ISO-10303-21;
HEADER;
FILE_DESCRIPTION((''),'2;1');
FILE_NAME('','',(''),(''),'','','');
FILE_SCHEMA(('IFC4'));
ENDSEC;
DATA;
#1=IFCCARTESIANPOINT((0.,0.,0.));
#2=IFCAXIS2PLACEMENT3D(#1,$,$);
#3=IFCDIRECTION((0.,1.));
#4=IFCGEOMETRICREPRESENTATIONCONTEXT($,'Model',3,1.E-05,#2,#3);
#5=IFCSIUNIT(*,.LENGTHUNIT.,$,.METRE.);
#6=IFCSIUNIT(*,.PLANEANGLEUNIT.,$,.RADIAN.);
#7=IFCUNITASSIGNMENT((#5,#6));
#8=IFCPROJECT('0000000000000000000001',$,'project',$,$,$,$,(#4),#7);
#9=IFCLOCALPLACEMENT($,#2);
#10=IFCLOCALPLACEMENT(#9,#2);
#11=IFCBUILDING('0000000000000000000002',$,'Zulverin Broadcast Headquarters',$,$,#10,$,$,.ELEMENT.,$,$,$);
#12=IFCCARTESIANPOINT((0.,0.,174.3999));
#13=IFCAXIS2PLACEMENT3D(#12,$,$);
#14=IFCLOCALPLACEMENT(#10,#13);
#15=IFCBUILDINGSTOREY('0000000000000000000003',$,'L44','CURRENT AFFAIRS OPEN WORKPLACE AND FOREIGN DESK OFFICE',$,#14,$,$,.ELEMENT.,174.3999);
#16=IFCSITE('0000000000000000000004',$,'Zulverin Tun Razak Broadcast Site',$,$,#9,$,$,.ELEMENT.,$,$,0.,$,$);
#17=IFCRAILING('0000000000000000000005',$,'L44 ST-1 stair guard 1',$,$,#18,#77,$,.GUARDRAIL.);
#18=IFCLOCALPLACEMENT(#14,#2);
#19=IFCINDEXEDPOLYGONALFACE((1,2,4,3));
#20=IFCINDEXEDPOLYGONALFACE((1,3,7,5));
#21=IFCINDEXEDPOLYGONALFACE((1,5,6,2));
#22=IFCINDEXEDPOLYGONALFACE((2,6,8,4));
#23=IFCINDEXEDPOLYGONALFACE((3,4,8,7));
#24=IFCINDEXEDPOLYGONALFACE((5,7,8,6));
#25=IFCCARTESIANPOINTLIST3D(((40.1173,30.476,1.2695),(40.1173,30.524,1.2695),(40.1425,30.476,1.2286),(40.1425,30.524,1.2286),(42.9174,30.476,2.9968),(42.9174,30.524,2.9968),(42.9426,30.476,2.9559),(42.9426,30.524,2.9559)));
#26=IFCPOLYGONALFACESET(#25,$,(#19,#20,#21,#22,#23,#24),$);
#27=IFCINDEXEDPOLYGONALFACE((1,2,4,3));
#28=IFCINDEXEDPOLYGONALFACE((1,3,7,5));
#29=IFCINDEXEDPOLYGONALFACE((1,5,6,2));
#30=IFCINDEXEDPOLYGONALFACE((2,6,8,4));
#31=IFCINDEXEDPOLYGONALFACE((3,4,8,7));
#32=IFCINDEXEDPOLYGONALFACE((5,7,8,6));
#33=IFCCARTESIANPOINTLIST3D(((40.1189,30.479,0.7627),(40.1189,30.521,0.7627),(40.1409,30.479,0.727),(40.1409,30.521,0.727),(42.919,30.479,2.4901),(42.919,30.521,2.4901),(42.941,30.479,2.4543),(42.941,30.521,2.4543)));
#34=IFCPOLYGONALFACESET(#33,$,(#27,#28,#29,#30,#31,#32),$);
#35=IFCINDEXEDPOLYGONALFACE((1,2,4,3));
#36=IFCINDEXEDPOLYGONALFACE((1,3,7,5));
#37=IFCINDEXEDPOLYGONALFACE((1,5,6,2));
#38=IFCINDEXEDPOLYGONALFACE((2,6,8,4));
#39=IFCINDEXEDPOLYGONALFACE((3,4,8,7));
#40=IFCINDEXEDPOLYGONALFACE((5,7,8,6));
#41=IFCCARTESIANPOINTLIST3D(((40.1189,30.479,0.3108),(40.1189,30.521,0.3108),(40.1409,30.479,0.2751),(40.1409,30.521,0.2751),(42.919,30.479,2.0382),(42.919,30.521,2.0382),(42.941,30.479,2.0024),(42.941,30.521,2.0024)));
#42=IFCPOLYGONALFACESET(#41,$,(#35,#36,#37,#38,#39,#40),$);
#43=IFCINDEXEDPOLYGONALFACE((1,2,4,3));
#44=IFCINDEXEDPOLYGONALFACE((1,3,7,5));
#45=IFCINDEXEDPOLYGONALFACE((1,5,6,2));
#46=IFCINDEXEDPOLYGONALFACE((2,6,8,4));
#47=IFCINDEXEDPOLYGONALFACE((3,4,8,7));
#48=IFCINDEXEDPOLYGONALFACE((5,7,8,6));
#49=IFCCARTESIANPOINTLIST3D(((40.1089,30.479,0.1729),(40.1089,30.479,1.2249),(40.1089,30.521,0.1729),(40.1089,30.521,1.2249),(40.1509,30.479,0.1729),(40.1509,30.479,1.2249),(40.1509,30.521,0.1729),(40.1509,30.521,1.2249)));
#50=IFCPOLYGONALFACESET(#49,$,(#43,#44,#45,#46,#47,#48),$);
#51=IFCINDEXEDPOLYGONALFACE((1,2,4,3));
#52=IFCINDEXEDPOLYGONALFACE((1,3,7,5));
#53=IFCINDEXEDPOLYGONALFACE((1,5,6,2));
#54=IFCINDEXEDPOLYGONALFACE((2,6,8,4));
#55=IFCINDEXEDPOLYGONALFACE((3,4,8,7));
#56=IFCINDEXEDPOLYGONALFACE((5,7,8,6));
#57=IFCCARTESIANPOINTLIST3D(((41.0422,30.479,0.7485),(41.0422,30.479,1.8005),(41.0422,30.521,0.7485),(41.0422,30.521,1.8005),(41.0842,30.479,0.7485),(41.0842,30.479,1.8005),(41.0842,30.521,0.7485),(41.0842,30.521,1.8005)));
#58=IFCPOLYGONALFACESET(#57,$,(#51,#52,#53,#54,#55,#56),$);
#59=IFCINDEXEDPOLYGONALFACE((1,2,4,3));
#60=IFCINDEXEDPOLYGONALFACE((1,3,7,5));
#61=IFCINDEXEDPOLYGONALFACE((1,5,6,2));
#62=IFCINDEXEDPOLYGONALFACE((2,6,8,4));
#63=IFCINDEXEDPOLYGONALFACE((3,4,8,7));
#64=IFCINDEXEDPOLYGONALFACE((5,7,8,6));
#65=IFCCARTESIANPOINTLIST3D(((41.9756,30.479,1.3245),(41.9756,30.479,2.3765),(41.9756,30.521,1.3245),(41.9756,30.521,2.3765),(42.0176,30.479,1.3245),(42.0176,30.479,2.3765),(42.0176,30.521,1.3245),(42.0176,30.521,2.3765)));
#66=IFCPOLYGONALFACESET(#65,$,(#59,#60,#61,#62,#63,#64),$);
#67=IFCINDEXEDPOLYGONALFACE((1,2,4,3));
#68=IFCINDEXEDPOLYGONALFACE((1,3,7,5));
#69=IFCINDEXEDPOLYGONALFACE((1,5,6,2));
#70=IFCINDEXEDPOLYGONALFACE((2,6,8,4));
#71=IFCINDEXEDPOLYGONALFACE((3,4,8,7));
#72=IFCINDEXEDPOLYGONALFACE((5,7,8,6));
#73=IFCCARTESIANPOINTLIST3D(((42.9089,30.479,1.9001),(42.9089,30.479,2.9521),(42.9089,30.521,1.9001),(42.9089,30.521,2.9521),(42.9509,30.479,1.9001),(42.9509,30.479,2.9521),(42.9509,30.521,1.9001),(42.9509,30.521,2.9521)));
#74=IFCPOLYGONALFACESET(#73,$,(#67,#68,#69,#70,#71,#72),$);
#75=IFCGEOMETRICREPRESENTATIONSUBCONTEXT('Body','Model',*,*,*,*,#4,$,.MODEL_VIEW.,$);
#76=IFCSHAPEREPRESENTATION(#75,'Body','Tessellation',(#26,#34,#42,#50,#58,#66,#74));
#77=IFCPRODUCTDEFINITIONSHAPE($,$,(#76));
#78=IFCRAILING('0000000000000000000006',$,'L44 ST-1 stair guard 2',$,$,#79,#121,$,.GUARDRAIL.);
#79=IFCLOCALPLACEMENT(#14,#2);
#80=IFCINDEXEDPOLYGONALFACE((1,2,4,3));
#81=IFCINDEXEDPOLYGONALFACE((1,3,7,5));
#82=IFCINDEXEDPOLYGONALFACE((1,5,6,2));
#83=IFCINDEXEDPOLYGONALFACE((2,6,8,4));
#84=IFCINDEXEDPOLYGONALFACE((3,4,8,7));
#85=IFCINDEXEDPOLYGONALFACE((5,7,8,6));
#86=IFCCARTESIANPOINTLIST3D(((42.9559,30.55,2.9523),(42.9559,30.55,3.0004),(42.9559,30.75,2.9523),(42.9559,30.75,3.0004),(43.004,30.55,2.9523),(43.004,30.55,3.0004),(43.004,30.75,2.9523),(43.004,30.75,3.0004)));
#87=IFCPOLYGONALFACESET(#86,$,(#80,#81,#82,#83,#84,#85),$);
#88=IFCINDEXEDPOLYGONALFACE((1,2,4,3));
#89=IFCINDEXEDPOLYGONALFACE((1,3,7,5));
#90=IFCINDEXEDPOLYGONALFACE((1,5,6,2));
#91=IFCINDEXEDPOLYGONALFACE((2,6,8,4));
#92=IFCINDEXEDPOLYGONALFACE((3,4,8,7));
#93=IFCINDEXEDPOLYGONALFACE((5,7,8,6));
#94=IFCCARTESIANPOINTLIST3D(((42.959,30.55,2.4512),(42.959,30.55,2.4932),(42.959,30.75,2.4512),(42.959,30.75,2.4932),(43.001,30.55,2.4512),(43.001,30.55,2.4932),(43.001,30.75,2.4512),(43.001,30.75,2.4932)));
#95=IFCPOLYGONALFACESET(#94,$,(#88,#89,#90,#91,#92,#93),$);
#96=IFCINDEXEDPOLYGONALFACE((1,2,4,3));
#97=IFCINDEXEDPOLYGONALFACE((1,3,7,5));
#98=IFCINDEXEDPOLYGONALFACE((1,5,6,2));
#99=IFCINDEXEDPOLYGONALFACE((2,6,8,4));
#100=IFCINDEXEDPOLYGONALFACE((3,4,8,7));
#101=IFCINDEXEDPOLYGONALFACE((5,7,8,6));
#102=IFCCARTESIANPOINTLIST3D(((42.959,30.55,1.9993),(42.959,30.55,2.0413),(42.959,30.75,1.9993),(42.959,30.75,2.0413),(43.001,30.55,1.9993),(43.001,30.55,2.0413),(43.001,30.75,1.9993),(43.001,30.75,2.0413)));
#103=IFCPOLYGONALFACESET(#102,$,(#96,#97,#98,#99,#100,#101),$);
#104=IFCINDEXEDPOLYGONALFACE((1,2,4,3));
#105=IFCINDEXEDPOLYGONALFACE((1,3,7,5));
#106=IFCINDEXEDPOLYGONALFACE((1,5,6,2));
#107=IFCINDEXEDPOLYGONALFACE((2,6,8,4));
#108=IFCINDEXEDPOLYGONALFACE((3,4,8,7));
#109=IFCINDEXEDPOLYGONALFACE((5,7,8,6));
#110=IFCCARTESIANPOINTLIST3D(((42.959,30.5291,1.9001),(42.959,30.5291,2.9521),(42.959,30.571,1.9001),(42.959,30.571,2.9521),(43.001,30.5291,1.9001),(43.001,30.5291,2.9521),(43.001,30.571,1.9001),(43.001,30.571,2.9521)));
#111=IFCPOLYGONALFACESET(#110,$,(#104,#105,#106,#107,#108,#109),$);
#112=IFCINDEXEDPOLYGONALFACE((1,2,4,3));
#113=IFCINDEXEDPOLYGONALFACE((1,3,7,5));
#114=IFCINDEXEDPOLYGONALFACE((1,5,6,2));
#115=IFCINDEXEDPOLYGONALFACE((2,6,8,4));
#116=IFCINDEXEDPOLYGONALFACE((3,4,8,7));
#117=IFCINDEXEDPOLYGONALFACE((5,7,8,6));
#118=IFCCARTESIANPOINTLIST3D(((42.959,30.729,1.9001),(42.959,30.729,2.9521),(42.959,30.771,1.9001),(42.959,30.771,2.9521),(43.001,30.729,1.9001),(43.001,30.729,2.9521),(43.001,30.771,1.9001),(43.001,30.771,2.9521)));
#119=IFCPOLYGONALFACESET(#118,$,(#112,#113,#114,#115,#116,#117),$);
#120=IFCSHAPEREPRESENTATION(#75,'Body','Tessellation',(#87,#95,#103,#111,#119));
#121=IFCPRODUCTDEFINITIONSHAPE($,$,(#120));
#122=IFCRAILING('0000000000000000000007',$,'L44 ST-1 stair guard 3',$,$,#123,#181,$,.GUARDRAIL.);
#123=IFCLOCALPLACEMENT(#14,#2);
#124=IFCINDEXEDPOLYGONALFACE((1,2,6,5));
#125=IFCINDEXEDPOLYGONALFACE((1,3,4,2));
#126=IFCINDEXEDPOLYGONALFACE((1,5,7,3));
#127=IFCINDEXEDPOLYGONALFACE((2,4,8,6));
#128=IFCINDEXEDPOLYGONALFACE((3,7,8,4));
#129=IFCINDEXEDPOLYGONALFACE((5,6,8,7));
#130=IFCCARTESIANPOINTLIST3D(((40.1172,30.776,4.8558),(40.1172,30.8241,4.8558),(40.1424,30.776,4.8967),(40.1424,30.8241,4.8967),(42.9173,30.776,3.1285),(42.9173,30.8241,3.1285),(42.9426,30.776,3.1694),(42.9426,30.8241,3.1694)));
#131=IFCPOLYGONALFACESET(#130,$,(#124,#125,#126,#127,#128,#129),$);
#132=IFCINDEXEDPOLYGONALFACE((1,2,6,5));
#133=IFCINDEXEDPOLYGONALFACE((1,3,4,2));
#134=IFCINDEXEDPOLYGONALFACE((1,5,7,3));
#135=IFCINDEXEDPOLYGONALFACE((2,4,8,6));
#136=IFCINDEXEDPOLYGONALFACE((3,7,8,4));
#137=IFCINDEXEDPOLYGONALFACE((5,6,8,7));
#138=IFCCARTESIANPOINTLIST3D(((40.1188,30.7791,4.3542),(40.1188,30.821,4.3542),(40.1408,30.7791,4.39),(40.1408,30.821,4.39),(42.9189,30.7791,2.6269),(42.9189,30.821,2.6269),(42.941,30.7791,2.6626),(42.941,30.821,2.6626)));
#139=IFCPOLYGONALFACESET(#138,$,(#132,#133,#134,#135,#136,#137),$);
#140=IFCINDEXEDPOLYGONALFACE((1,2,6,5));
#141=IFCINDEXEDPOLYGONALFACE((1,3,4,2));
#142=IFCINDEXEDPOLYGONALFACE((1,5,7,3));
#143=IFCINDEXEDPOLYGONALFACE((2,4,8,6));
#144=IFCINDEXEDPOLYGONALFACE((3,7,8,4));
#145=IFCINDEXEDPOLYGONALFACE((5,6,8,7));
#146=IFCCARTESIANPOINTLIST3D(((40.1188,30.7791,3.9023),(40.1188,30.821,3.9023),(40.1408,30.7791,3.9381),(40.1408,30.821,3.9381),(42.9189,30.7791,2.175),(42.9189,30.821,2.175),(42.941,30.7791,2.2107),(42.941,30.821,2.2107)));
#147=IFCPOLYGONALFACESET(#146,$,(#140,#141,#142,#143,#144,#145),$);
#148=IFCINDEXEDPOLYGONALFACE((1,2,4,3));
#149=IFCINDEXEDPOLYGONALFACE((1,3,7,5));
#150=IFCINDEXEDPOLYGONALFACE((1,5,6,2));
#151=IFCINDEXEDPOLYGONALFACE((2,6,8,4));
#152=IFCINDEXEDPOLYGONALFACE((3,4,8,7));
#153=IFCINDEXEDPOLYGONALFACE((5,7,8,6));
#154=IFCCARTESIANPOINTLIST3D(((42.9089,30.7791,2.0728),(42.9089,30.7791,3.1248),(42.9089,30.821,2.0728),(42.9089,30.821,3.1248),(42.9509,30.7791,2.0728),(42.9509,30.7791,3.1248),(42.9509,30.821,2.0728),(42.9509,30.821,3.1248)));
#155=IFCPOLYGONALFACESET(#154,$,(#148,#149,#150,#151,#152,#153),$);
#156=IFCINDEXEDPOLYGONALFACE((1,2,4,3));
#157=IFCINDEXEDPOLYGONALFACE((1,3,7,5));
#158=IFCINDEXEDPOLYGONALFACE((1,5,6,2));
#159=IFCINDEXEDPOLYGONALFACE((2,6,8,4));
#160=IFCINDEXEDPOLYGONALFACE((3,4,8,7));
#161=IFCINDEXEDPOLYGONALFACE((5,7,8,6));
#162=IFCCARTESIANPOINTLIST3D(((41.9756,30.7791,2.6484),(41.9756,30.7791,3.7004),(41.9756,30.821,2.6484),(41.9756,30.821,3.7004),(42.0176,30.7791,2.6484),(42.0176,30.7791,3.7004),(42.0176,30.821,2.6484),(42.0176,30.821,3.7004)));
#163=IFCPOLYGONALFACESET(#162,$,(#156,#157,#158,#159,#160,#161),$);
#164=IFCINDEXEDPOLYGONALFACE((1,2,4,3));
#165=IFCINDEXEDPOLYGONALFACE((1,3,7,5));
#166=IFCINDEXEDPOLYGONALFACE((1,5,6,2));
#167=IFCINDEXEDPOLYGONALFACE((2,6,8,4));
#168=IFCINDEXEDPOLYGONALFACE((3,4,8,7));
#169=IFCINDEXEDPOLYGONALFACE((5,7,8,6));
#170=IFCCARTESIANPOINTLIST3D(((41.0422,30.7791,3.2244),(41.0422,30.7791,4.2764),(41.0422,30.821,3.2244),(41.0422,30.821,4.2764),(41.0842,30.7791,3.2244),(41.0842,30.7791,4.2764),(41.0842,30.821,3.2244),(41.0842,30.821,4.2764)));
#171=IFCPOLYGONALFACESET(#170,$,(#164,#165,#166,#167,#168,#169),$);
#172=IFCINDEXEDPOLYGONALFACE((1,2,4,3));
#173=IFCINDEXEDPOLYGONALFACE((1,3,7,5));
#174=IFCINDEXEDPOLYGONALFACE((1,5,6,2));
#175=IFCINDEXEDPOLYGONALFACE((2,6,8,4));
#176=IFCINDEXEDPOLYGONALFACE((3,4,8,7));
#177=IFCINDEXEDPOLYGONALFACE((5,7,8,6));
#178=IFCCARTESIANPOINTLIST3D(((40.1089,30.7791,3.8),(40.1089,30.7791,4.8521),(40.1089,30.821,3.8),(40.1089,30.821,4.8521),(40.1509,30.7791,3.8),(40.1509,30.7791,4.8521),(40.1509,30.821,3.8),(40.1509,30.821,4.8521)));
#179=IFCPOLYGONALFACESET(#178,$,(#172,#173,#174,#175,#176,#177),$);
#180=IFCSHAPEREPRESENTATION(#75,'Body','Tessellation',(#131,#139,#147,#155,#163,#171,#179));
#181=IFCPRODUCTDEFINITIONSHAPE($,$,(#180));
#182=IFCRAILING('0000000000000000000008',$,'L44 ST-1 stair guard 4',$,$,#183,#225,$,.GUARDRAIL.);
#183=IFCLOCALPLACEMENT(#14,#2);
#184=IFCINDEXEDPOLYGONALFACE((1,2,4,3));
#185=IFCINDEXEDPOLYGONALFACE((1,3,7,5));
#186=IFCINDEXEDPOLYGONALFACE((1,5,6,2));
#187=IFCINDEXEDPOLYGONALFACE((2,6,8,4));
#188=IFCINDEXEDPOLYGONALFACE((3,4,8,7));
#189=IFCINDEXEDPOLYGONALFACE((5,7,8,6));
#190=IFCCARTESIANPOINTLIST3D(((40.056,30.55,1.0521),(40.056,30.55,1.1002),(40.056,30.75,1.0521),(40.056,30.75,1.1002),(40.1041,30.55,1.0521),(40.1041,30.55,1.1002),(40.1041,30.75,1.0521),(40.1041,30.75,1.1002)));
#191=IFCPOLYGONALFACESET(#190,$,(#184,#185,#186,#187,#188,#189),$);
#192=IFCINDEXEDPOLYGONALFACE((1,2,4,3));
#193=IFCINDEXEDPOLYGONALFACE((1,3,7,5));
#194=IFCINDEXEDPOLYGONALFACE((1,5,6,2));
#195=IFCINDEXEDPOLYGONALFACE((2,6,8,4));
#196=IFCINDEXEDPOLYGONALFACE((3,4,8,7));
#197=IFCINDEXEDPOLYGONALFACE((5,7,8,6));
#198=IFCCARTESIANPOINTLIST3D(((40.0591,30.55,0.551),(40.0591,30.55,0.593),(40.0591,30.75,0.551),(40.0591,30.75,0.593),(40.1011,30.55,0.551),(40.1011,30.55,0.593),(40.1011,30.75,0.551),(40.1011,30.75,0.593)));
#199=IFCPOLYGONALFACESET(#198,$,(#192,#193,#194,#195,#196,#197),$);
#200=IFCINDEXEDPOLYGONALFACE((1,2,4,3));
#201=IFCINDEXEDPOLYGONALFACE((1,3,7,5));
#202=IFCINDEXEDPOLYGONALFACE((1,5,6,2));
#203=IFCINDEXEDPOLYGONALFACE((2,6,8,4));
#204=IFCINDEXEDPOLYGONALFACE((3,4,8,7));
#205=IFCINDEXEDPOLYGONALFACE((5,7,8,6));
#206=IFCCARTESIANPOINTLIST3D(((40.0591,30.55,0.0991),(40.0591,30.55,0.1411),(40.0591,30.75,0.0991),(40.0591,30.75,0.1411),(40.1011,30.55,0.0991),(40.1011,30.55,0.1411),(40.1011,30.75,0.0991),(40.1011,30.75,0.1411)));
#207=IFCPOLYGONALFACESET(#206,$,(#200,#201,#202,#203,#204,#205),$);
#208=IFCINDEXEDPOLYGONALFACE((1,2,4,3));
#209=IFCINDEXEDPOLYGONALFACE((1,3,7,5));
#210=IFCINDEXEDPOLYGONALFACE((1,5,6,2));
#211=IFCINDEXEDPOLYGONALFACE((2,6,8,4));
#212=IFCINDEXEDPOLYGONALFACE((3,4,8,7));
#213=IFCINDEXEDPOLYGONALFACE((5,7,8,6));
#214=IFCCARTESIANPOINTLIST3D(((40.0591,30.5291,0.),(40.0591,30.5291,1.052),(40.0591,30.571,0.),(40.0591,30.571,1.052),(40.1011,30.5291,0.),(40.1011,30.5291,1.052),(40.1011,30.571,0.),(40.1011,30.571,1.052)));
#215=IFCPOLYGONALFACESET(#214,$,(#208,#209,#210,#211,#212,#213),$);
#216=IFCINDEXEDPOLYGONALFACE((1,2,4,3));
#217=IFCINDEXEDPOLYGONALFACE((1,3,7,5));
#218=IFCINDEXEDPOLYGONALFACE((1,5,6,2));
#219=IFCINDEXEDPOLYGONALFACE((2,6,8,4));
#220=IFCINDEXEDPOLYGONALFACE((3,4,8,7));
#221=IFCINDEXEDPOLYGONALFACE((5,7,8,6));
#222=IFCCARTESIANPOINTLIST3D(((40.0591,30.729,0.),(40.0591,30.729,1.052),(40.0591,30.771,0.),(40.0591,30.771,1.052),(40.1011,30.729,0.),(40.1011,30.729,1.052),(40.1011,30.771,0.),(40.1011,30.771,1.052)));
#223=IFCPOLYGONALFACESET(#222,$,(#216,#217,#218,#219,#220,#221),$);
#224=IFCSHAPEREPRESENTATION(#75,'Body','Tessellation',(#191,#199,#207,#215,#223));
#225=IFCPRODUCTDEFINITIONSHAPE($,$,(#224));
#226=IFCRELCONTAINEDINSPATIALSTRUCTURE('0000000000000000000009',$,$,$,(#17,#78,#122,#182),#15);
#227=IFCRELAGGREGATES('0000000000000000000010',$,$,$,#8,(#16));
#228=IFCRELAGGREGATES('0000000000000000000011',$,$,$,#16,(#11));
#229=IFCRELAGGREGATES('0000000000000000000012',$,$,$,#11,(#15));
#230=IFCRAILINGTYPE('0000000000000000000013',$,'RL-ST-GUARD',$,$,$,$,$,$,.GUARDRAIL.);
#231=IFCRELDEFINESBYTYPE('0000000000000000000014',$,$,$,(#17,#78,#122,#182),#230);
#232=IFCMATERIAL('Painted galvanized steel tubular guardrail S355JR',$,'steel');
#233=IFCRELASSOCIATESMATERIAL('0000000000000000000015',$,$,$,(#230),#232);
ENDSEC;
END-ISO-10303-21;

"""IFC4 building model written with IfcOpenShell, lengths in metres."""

from ifc_helpers import new_model, si_unit, direction, frame, origin, origin_2d, place, context, subcontext, project, spatial, rectangle, extrude, material, type_object, element, save


model = new_model("IFC4")

# Units and contexts
model_context = context("Model", 3, precision=1e-05, world=origin(), true_north=direction((0.0, 1.0)))
body_context = subcontext(model_context, "Body", "Model", "MODEL_VIEW")
ifc_project = project(units=[si_unit("LENGTHUNIT", "METRE"), si_unit("PLANEANGLEUNIT", "RADIAN")], contexts=[model_context])

# Site, building, storey
site_placement = place(None, origin())
site = spatial("IfcSite", under=ifc_project, at=site_placement, Name="Zulverin Tun Razak Broadcast Site", CompositionType="ELEMENT", RefElevation=0.0)
building_placement = place(site_placement, origin())
building = spatial("IfcBuilding", under=site, at=building_placement, Name="Zulverin Broadcast Headquarters", CompositionType="ELEMENT")
storey_placement = place(building_placement, frame((0.0, 0.0, 174.3999)))
storey = spatial("IfcBuildingStorey", under=building, at=storey_placement, Name="L44", Description="CURRENT AFFAIRS OPEN WORKPLACE AND FOREIGN DESK OFFICE", CompositionType="ELEMENT", Elevation=174.3999)

# Railings
ifc_material_1 = material(Name="Painted galvanized steel tubular guardrail S355JR", Category="steel")
railing_type_1 = type_object("IfcRailingType", Name="RL-ST-GUARD", PredefinedType="GUARDRAIL", material=ifc_material_1)
railing_1_placement = place(storey_placement, frame((40.1299, 30.5, 0.1729)))
element("IfcRailing", 1, at=railing_1_placement, inside=storey, type_object=railing_type_1, Name="L44 ST-1 stair guard 1", PredefinedType="GUARDRAIL", context=body_context, shape_type="SweptSolid", body=[
    extrude(rectangle(XDim=0.0481, YDim=0.0481, at=origin_2d()), frame((0.0, 0.0, 1.0762), z_axis=(0.85109, 0.0, 0.52502), x_axis=(0.0, 1.0, 0.0)), (0.0, 0.0, 1.0), 3.29),
    extrude(rectangle(XDim=0.042, YDim=0.042, at=origin_2d()), frame((0.0, 0.0, 0.572), z_axis=(0.85109, 0.0, 0.52502), x_axis=(0.0, 1.0, 0.0)), (0.0, 0.0, 1.0), 3.29),
    extrude(rectangle(XDim=0.042, YDim=0.042, at=origin_2d()), frame((0.0, 0.0, 0.1201), z_axis=(0.85109, 0.0, 0.52502), x_axis=(0.0, 1.0, 0.0)), (0.0, 0.0, 1.0), 3.29),
    extrude(rectangle(XDim=0.042, YDim=0.042, at=origin_2d()), origin(), (0.0, 0.0, 1.0), 1.052),
    extrude(rectangle(XDim=0.042, YDim=0.042, at=origin_2d()), frame((0.9333, 0.0, 0.5757)), (0.0, 0.0, 1.0), 1.052),
    extrude(rectangle(XDim=0.042, YDim=0.042, at=origin_2d()), frame((1.8667, 0.0, 1.1516)), (0.0, 0.0, 1.0), 1.052),
    extrude(rectangle(XDim=0.042, YDim=0.042, at=origin_2d()), frame((2.8, 0.0, 1.7273)), (0.0, 0.0, 1.0), 1.052),
])
railing_2_placement = place(storey_placement, frame((42.98, 30.55, 1.9001)))
element("IfcRailing", 2, at=railing_2_placement, inside=storey, type_object=railing_type_1, Name="L44 ST-1 stair guard 2", PredefinedType="GUARDRAIL", context=body_context, shape_type="SweptSolid", body=[
    extrude(rectangle(XDim=0.0481, YDim=0.0481, at=origin_2d()), frame((0.0, 0.0, 1.0762), z_axis=(0.0, 1.0, 0.0), x_axis=(-1.0, 0.0, 0.0)), (0.0, 0.0, 1.0), 0.2),
    extrude(rectangle(XDim=0.042, YDim=0.042, at=origin_2d()), frame((0.0, 0.0, 0.572), z_axis=(0.0, 1.0, 0.0), x_axis=(-1.0, 0.0, 0.0)), (0.0, 0.0, 1.0), 0.2),
    extrude(rectangle(XDim=0.042, YDim=0.042, at=origin_2d()), frame((0.0, 0.0, 0.1201), z_axis=(0.0, 1.0, 0.0), x_axis=(-1.0, 0.0, 0.0)), (0.0, 0.0, 1.0), 0.2),
    extrude(rectangle(XDim=0.042, YDim=0.042, at=origin_2d()), origin(), (0.0, 0.0, 1.0), 1.052),
    extrude(rectangle(XDim=0.042, YDim=0.042, at=origin_2d()), frame((0.0, 0.2, 0.0)), (0.0, 0.0, 1.0), 1.052),
])
railing_3_placement = place(storey_placement, frame((42.9299, 30.8, 2.0728)))
element("IfcRailing", 3, at=railing_3_placement, inside=storey, type_object=railing_type_1, Name="L44 ST-1 stair guard 3", PredefinedType="GUARDRAIL", context=body_context, shape_type="SweptSolid", body=[
    extrude(rectangle(XDim=0.0481, YDim=0.0481, at=origin_2d()), frame((0.0, 0.0, 1.0762), z_axis=(-0.85109, 0.0, 0.52502), x_axis=(0.0, -1.0, 0.0)), (0.0, 0.0, 1.0), 3.29),
    extrude(rectangle(XDim=0.042, YDim=0.042, at=origin_2d()), frame((0.0, 0.0, 0.572), z_axis=(-0.85109, 0.0, 0.52502), x_axis=(0.0, -1.0, 0.0)), (0.0, 0.0, 1.0), 3.29),
    extrude(rectangle(XDim=0.042, YDim=0.042, at=origin_2d()), frame((0.0, 0.0, 0.1201), z_axis=(-0.85109, 0.0, 0.52502), x_axis=(0.0, -1.0, 0.0)), (0.0, 0.0, 1.0), 3.29),
    extrude(rectangle(XDim=0.042, YDim=0.042, at=origin_2d()), origin(), (0.0, 0.0, 1.0), 1.052),
    extrude(rectangle(XDim=0.042, YDim=0.042, at=origin_2d()), frame((-0.9333, 0.0, 0.5757)), (0.0, 0.0, 1.0), 1.052),
    extrude(rectangle(XDim=0.042, YDim=0.042, at=origin_2d()), frame((-1.8667, 0.0, 1.1516)), (0.0, 0.0, 1.0), 1.052),
    extrude(rectangle(XDim=0.042, YDim=0.042, at=origin_2d()), frame((-2.8, 0.0, 1.7273)), (0.0, 0.0, 1.0), 1.052),
])
railing_4_placement = place(storey_placement, frame((40.0801, 30.55, 0.0)))
element("IfcRailing", 4, at=railing_4_placement, inside=storey, type_object=railing_type_1, Name="L44 ST-1 stair guard 4", PredefinedType="GUARDRAIL", context=body_context, shape_type="SweptSolid", body=[
    extrude(rectangle(XDim=0.0481, YDim=0.0481, at=origin_2d()), frame((0.0, 0.0, 1.0762), z_axis=(0.0, 1.0, 0.0), x_axis=(-1.0, 0.0, 0.0)), (0.0, 0.0, 1.0), 0.2),
    extrude(rectangle(XDim=0.042, YDim=0.042, at=origin_2d()), frame((0.0, 0.0, 0.572), z_axis=(0.0, 1.0, 0.0), x_axis=(-1.0, 0.0, 0.0)), (0.0, 0.0, 1.0), 0.2),
    extrude(rectangle(XDim=0.042, YDim=0.042, at=origin_2d()), frame((0.0, 0.0, 0.1201), z_axis=(0.0, 1.0, 0.0), x_axis=(-1.0, 0.0, 0.0)), (0.0, 0.0, 1.0), 0.2),
    extrude(rectangle(XDim=0.042, YDim=0.042, at=origin_2d()), origin(), (0.0, 0.0, 1.0), 1.052),
    extrude(rectangle(XDim=0.042, YDim=0.042, at=origin_2d()), frame((0.0, 0.2, 0.0)), (0.0, 0.0, 1.0), 1.052),
])

save(model, "model.ifc")
